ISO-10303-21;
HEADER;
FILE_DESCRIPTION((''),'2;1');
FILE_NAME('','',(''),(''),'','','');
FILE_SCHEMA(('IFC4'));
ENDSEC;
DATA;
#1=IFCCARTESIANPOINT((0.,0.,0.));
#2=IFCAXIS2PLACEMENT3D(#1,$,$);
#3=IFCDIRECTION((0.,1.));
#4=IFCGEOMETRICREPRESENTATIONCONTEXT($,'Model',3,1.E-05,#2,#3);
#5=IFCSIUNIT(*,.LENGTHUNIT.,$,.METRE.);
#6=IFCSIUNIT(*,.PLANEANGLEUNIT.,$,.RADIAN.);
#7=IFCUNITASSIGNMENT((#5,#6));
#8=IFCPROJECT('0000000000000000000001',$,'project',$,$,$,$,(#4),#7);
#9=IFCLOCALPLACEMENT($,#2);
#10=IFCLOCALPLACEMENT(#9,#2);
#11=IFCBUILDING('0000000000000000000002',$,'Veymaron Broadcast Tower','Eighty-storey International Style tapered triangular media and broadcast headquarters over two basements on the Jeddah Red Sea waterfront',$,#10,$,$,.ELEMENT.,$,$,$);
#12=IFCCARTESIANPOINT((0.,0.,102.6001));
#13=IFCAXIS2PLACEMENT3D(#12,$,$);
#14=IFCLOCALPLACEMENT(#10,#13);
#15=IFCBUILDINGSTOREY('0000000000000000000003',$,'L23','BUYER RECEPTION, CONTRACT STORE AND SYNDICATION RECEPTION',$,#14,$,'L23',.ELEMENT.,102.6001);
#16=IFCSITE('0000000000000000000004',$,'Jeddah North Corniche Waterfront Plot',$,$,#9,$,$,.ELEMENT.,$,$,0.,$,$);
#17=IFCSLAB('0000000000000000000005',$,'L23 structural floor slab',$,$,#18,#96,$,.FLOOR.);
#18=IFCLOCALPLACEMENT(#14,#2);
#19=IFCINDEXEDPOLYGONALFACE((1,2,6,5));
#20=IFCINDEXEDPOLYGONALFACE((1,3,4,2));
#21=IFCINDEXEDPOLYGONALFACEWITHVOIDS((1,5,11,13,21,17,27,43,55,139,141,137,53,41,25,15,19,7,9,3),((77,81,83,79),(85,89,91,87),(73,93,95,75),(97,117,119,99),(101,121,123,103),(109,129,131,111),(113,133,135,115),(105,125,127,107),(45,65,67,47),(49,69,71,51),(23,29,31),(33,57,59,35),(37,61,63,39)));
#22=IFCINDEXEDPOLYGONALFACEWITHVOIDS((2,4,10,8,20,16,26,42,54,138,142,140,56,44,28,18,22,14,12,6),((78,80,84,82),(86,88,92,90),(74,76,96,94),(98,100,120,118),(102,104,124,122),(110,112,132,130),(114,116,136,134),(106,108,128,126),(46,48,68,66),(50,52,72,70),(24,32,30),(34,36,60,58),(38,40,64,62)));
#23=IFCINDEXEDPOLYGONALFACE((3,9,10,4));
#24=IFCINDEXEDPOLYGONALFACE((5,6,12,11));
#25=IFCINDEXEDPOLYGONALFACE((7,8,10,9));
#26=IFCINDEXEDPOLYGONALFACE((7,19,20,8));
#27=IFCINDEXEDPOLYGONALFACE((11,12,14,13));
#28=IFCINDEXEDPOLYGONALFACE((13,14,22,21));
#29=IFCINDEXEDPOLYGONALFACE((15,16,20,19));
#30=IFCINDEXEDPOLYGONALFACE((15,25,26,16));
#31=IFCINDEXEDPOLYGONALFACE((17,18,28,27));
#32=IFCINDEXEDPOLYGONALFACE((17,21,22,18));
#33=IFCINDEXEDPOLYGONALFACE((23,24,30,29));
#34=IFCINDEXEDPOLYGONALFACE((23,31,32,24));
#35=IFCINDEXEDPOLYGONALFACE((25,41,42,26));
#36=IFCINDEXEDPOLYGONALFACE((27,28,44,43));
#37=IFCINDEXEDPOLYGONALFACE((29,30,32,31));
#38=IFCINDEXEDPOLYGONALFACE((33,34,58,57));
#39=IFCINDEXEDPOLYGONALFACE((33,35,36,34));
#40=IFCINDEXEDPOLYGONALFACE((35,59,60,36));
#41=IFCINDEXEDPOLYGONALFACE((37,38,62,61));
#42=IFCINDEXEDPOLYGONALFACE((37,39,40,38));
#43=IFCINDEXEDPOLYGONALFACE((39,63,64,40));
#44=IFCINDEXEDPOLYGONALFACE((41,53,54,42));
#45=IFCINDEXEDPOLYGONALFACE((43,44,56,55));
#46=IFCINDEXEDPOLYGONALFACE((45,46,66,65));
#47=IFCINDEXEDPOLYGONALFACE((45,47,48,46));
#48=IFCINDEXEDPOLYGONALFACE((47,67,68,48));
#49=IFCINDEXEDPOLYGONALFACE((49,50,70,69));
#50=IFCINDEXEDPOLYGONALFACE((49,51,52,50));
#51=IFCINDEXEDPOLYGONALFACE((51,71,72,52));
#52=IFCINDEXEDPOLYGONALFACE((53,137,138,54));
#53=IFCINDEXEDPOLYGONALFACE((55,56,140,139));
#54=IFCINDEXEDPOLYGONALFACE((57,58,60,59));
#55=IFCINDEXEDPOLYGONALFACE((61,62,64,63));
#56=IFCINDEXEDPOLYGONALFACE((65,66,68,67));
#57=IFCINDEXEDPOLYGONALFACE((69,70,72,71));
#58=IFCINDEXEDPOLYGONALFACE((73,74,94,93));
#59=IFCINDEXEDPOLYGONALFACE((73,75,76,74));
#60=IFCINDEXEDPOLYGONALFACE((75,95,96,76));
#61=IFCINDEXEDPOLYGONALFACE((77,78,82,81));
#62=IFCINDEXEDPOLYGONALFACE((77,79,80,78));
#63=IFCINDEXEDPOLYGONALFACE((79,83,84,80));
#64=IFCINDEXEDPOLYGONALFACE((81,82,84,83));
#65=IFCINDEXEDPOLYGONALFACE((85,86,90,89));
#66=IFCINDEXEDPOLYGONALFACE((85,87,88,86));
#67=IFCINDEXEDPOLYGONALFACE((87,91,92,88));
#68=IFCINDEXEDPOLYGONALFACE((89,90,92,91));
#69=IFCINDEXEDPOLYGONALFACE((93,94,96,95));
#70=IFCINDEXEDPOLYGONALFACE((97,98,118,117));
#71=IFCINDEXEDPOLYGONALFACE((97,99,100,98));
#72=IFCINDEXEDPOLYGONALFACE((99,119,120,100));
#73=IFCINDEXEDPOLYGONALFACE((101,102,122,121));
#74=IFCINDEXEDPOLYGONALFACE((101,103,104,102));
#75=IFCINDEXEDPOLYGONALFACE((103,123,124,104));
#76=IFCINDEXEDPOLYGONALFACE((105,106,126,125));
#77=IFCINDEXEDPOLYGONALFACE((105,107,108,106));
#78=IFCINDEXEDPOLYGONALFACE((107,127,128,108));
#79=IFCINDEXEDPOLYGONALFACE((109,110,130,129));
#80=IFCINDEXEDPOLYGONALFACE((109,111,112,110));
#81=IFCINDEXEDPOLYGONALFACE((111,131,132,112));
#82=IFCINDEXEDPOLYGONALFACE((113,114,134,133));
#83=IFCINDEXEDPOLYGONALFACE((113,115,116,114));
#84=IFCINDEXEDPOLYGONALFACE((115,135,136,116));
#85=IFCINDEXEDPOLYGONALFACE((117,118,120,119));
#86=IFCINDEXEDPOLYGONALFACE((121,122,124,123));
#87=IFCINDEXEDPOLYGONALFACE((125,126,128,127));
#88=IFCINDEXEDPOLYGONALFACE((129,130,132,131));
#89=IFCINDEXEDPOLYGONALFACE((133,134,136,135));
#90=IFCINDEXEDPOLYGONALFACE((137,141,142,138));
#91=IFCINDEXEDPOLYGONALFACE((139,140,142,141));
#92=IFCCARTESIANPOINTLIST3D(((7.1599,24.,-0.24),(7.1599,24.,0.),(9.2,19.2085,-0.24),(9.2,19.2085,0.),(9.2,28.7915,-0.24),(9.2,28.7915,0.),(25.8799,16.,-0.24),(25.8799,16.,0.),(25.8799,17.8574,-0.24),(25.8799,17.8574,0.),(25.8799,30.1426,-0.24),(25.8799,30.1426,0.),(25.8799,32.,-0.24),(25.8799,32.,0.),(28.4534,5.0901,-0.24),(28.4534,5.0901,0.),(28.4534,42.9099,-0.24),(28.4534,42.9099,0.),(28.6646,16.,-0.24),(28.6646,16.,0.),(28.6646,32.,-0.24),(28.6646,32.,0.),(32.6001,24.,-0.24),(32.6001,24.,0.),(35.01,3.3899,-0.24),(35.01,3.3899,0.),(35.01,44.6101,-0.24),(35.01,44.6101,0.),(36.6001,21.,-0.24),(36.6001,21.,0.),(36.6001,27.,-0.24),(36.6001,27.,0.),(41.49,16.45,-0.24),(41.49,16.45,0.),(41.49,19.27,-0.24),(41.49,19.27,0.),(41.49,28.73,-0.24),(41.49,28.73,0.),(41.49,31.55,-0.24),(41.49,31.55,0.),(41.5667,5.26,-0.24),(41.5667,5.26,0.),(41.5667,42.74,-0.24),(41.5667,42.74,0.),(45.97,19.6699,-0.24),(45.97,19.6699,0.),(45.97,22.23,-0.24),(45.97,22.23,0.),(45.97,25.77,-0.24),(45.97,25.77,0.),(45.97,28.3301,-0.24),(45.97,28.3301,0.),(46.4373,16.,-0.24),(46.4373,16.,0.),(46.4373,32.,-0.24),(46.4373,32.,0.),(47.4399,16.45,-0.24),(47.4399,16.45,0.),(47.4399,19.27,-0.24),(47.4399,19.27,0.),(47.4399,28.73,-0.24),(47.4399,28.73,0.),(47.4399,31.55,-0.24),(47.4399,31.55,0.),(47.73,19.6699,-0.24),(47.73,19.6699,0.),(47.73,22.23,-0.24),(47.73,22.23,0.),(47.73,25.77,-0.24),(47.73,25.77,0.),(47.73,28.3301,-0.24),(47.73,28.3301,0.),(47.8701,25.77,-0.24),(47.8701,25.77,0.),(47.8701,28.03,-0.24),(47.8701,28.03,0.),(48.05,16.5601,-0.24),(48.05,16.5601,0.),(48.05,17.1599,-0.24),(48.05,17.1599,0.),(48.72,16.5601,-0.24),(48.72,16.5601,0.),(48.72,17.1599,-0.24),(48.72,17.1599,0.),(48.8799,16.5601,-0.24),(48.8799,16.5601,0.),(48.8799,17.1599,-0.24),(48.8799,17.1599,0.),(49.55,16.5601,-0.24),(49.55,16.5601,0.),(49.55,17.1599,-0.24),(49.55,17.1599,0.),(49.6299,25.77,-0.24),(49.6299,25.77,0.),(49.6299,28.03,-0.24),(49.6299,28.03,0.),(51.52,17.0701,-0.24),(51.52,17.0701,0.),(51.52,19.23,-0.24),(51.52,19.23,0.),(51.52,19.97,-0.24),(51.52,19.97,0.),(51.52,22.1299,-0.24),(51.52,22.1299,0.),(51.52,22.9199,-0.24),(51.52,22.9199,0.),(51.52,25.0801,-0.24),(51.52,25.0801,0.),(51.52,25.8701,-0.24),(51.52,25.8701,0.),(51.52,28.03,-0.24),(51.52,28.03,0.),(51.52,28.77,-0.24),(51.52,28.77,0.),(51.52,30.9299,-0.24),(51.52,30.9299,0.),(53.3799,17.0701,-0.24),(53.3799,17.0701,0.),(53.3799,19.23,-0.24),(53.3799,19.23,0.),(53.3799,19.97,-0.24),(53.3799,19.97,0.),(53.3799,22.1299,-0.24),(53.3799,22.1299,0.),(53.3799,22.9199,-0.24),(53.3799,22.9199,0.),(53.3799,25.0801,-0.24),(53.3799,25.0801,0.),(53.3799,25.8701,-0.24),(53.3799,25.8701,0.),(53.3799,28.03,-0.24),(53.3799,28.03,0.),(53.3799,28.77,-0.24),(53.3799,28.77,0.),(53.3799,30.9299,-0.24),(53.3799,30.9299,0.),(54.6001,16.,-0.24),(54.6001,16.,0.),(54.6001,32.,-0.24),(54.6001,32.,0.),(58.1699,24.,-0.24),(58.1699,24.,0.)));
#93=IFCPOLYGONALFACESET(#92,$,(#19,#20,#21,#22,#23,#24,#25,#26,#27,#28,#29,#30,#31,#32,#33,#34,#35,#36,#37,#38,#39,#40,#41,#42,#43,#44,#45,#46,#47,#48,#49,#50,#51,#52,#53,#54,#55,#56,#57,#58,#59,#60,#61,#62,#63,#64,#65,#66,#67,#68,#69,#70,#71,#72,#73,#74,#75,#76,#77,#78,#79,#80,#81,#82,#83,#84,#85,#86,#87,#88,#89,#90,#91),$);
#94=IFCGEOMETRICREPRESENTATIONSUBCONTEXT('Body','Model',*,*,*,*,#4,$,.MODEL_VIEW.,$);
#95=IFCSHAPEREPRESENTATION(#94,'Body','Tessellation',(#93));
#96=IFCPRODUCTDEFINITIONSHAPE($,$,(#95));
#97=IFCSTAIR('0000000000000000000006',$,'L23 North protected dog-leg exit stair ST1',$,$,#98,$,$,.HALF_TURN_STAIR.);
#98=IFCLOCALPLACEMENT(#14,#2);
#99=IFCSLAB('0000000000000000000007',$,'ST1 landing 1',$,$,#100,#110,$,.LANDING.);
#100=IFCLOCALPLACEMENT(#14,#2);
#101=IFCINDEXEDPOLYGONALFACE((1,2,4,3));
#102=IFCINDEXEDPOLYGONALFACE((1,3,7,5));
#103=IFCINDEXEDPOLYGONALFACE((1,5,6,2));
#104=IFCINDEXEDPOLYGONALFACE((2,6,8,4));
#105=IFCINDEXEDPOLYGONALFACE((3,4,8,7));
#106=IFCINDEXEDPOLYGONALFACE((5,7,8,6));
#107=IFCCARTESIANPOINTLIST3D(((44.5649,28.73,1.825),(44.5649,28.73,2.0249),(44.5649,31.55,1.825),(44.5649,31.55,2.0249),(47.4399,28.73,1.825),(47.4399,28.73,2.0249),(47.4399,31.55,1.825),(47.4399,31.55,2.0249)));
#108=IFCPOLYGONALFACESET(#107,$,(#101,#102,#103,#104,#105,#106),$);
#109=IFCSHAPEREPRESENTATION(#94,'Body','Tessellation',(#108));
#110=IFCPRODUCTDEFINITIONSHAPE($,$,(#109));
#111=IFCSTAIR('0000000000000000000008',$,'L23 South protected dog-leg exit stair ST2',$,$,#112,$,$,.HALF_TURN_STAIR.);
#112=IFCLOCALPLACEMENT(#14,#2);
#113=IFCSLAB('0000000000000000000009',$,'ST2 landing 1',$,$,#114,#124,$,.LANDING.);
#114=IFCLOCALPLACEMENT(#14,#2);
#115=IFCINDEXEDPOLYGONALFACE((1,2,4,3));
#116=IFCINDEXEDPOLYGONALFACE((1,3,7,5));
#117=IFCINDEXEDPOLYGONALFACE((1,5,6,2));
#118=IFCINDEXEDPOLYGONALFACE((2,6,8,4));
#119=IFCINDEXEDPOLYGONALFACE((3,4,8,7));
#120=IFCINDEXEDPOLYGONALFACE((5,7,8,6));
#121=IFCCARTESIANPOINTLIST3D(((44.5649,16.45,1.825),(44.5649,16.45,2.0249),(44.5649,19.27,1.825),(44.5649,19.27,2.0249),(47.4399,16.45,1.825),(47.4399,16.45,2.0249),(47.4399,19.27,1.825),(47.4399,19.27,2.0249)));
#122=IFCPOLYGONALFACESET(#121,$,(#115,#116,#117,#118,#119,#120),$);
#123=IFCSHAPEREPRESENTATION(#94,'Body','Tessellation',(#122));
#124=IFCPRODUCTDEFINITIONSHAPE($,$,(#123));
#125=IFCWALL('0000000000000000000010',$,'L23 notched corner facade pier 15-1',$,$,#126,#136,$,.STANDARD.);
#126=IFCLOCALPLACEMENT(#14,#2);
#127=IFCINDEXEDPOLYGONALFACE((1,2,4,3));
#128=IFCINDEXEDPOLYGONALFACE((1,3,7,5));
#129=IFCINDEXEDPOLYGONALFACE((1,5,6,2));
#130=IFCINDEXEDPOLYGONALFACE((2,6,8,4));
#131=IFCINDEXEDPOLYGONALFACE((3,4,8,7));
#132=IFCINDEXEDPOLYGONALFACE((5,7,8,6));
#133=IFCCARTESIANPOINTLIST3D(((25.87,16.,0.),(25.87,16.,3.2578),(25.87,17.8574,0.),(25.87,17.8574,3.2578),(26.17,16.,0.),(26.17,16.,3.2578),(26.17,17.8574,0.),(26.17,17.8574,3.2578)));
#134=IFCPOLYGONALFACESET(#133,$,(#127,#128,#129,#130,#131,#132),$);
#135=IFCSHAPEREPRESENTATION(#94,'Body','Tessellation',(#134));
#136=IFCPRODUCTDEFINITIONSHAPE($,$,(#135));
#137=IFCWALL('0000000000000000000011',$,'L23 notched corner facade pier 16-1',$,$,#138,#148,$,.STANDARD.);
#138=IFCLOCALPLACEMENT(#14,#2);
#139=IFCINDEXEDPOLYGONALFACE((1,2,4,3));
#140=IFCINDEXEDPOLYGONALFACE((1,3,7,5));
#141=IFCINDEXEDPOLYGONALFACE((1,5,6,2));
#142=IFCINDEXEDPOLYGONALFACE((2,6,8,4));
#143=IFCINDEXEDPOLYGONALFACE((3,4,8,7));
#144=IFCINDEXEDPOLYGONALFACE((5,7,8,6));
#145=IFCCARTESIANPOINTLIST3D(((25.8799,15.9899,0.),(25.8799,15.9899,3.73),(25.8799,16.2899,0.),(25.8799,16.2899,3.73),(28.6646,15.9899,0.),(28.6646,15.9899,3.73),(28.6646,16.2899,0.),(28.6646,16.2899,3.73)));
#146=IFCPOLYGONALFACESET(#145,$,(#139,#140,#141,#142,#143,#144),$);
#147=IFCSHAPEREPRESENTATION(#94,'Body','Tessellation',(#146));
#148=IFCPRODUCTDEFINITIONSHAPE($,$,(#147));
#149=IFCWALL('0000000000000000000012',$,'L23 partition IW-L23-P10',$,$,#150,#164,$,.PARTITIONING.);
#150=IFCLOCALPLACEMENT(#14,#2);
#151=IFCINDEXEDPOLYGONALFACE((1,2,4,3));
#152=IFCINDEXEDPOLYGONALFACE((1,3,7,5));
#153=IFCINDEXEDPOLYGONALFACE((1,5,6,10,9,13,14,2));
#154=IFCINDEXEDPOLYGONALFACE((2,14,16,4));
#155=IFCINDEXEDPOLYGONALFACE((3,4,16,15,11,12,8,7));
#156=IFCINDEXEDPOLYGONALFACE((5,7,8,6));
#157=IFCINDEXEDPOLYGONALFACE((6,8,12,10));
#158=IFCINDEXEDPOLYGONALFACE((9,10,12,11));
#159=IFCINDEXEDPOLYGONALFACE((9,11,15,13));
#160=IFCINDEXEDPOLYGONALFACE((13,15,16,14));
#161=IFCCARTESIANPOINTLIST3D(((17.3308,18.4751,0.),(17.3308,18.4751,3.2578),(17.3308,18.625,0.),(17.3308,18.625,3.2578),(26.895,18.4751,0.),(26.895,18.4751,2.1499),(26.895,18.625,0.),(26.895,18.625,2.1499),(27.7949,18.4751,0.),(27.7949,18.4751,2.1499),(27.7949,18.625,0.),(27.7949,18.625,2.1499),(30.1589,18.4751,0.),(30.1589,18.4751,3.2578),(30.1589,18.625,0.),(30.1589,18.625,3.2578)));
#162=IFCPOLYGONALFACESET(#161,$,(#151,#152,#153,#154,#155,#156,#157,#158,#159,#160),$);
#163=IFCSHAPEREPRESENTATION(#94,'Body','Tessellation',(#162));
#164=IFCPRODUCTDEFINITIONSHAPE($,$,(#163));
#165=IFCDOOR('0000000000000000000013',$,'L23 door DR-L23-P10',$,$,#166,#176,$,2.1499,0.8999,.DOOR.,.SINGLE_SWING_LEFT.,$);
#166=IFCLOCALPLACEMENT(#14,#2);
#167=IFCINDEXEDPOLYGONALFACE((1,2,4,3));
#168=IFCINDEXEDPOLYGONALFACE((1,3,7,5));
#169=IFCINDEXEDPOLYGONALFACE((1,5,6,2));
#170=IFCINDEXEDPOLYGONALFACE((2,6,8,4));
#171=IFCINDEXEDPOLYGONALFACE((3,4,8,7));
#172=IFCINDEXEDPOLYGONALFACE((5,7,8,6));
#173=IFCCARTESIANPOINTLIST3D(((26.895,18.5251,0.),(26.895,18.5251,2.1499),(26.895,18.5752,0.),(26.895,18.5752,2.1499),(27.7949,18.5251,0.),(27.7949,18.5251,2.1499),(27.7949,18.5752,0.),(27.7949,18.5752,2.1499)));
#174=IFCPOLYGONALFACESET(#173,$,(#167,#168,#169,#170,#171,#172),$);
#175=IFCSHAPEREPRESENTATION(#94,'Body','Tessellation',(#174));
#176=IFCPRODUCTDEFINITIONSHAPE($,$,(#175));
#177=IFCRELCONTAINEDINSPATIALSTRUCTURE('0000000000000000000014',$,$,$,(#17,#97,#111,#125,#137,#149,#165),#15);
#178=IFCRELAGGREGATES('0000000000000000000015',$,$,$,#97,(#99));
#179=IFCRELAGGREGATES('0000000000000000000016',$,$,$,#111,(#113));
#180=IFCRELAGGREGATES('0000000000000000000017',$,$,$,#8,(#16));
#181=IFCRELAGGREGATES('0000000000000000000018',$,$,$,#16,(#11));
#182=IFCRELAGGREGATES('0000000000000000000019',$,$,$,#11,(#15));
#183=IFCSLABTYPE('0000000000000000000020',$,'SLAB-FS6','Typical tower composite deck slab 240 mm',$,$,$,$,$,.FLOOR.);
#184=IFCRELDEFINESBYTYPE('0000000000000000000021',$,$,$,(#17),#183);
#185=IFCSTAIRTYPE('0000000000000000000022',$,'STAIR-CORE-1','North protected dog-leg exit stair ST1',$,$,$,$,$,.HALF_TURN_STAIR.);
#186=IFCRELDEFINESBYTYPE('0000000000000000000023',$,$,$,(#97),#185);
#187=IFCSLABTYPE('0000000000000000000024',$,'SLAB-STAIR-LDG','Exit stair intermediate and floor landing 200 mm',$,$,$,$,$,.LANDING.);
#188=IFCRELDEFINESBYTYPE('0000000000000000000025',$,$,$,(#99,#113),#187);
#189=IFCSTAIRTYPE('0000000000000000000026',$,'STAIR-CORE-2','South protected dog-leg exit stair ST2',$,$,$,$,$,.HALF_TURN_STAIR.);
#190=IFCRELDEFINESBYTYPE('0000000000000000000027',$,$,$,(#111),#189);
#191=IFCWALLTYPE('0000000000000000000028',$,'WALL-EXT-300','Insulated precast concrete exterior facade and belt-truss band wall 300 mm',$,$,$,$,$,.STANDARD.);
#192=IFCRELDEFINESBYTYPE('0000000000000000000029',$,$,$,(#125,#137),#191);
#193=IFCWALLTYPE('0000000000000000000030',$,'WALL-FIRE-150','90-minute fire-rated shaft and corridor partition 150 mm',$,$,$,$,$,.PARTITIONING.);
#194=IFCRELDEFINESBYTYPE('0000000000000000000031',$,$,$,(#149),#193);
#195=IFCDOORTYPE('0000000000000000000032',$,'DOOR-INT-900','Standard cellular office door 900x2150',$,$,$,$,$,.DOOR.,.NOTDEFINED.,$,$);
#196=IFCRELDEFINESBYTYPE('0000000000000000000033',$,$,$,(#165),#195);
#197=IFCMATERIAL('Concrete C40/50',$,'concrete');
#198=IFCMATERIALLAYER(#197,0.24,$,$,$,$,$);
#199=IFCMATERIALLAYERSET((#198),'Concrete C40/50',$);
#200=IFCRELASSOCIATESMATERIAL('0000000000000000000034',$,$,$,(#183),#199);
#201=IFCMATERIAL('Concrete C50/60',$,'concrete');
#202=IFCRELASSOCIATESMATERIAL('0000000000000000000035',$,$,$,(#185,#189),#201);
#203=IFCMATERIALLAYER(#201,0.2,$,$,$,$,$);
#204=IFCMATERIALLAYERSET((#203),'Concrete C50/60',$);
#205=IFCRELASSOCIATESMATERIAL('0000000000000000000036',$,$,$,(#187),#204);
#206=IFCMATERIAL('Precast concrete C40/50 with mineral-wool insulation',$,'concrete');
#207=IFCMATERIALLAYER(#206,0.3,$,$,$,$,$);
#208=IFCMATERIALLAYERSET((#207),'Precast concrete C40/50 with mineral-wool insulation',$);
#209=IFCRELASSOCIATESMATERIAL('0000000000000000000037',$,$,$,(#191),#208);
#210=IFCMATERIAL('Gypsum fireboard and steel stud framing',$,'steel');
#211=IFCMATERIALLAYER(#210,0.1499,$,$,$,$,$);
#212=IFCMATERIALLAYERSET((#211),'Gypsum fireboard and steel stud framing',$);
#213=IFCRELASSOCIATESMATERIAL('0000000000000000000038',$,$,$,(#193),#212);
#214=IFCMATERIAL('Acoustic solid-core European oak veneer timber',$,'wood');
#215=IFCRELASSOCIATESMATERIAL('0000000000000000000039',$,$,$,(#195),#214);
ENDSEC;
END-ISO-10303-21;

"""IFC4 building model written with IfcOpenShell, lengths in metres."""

from ifc_helpers import new_model, si_unit, direction, frame, frame_2d, origin, place, context, subcontext, project, spatial, polyline, rectangle, outline, extrude, material, layer, layer_set, type_object, element, fill, aggregate, save


model = new_model("IFC4")

# Units and contexts
model_context = context("Model", 3, precision=1e-05, world=origin(), true_north=direction((0.0, 1.0)))
body_context = subcontext(model_context, "Body", "Model", "MODEL_VIEW")
ifc_project = project(units=[si_unit("LENGTHUNIT", "METRE"), si_unit("PLANEANGLEUNIT", "RADIAN")], contexts=[model_context])

# Site, building, storey
site_placement = place(None, origin())
site = spatial("IfcSite", under=ifc_project, at=site_placement, Name="Jeddah North Corniche Waterfront Plot", CompositionType="ELEMENT", RefElevation=0.0)
building_placement = place(site_placement, origin())
building = spatial("IfcBuilding", under=site, at=building_placement, Name="Veymaron Broadcast Tower", Description="Eighty-storey International Style tapered triangular media and broadcast headquarters over two basements on the Jeddah Red Sea waterfront", CompositionType="ELEMENT")
storey_placement = place(building_placement, frame((0.0, 0.0, 102.6001)))
storey = spatial("IfcBuildingStorey", under=building, at=storey_placement, Name="L23", Description="BUYER RECEPTION, CONTRACT STORE AND SYNDICATION RECEPTION", LongName="L23", CompositionType="ELEMENT", Elevation=102.6001)

# Slab
ifc_material_1 = material(Name="Concrete C40/50", Category="concrete")
ifc_layer_1 = layer(ifc_material_1, 0.24)
ifc_layer_set_1 = layer_set([ifc_layer_1], Name="Concrete C40/50")
slab_type_1 = type_object("IfcSlabType", Name="SLAB-FS6", Description="Typical tower composite deck slab 240 mm", PredefinedType="FLOOR", material=ifc_layer_set_1)
slab_1_placement = place(storey_placement, frame((0.0, 0.0, -0.24)))
element("IfcSlab", 1, at=slab_1_placement, inside=storey, type_object=slab_type_1, Name="L23 structural floor slab", PredefinedType="FLOOR", context=body_context, shape_type="SweptSolid", body=[
    extrude(outline(polyline([(46.4373, 16.0), (54.6001, 16.0), (58.1699, 24.0), (54.6001, 32.0), (46.4373, 32.0), (41.5667, 42.74), (35.01, 44.6101), (28.4534, 42.9099), (28.6646, 32.0), (25.8799, 32.0), (25.8799, 30.1426), (9.2, 28.7915), (7.1599, 24.0), (9.2, 19.2085), (25.8799, 17.8574), (25.8799, 16.0), (28.6646, 16.0), (28.4534, 5.0901), (35.01, 3.3899), (41.5667, 5.26), (46.4373, 16.0)]), holes=[polyline([(45.97, 28.3301), (47.73, 28.3301), (47.73, 25.77), (45.97, 25.77), (45.97, 28.3301)]), polyline([(45.97, 22.23), (47.73, 22.23), (47.73, 19.6699), (45.97, 19.6699), (45.97, 22.23)]), polyline([(47.8701, 28.03), (49.6299, 28.03), (49.6299, 25.77), (47.8701, 25.77), (47.8701, 28.03)]), polyline([(51.52, 30.9299), (53.3799, 30.9299), (53.3799, 28.77), (51.52, 28.77), (51.52, 30.9299)]), polyline([(51.52, 28.03), (53.3799, 28.03), (53.3799, 25.8701), (51.52, 25.8701), (51.52, 28.03)]), polyline([(51.52, 22.1299), (53.3799, 22.1299), (53.3799, 19.97), (51.52, 19.97), (51.52, 22.1299)]), polyline([(51.52, 25.0801), (53.3799, 25.0801), (53.3799, 22.9199), (51.52, 22.9199), (51.52, 25.0801)]), polyline([(51.52, 19.23), (53.3799, 19.23), (53.3799, 17.0701), (51.52, 17.0701), (51.52, 19.23)]), polyline([(48.05, 17.1599), (48.72, 17.1599), (48.72, 16.5601), (48.05, 16.5601), (48.05, 17.1599)]), polyline([(48.8799, 17.1599), (49.55, 17.1599), (49.55, 16.5601), (48.8799, 16.5601), (48.8799, 17.1599)]), polyline([(36.6001, 27.0), (36.6001, 21.0), (32.6001, 24.0), (36.6001, 27.0)]), polyline([(41.49, 31.55), (47.4399, 31.55), (47.4399, 28.73), (41.49, 28.73), (41.49, 31.55)]), polyline([(41.49, 19.27), (47.4399, 19.27), (47.4399, 16.45), (41.49, 16.45), (41.49, 19.27)])]), origin(), (0.0, 0.0, 1.0), 0.24),
])

# Stairs, slabs
ifc_material_2 = material(Name="Concrete C50/60", Category="concrete")
stair_type_1 = type_object("IfcStairType", Name="STAIR-CORE-1", Description="North protected dog-leg exit stair ST1", PredefinedType="HALF_TURN_STAIR", material=ifc_material_2)
stair_1_placement = place(storey_placement, origin())
stair_1 = element("IfcStair", 2, at=stair_1_placement, inside=storey, type_object=stair_type_1, Name="L23 North protected dog-leg exit stair ST1", PredefinedType="HALF_TURN_STAIR")
ifc_layer_2 = layer(ifc_material_2, 0.2)
ifc_layer_set_2 = layer_set([ifc_layer_2], Name="Concrete C50/60")
slab_type_2 = type_object("IfcSlabType", Name="SLAB-STAIR-LDG", Description="Exit stair intermediate and floor landing 200 mm", PredefinedType="LANDING", material=ifc_layer_set_2)
slab_2_placement = place(storey_placement, frame((0.0, 0.0, 1.825)))
slab_2 = element("IfcSlab", 3, at=slab_2_placement, type_object=slab_type_2, Name="ST1 landing 1", PredefinedType="LANDING", context=body_context, shape_type="SweptSolid", body=[
    extrude(outline(polyline([(44.5649, 28.73), (47.4399, 28.73), (47.4399, 31.55), (44.5649, 31.55), (44.5649, 28.73)])), origin(), (0.0, 0.0, 1.0), 0.2),
])
aggregate(stair_1, [slab_2])
stair_type_2 = type_object("IfcStairType", Name="STAIR-CORE-2", Description="South protected dog-leg exit stair ST2", PredefinedType="HALF_TURN_STAIR", material=ifc_material_2)
stair_2_placement = place(storey_placement, origin())
stair_2 = element("IfcStair", 4, at=stair_2_placement, inside=storey, type_object=stair_type_2, Name="L23 South protected dog-leg exit stair ST2", PredefinedType="HALF_TURN_STAIR")
slab_3_placement = place(storey_placement, frame((0.0, 0.0, 1.825)))
slab_3 = element("IfcSlab", 5, at=slab_3_placement, type_object=slab_type_2, Name="ST2 landing 1", PredefinedType="LANDING", context=body_context, shape_type="SweptSolid", body=[
    extrude(outline(polyline([(44.5649, 16.45), (47.4399, 16.45), (47.4399, 19.27), (44.5649, 19.27), (44.5649, 16.45)])), origin(), (0.0, 0.0, 1.0), 0.2),
])
aggregate(stair_2, [slab_3])

# Walls
ifc_material_3 = material(Name="Precast concrete C40/50 with mineral-wool insulation", Category="concrete")
ifc_layer_3 = layer(ifc_material_3, 0.3)
ifc_layer_set_3 = layer_set([ifc_layer_3], Name="Precast concrete C40/50 with mineral-wool insulation")
wall_type_1 = type_object("IfcWallType", Name="WALL-EXT-300", Description="Insulated precast concrete exterior facade and belt-truss band wall 300 mm", PredefinedType="STANDARD", material=ifc_layer_set_3)
wall_1_placement = place(storey_placement, frame((26.02, 17.8574, 0.0), z_axis=(0.0, 0.0, 1.0), x_axis=(0.0, -1.0, 0.0)))
element("IfcWall", 6, at=wall_1_placement, inside=storey, type_object=wall_type_1, Name="L23 notched corner facade pier 15-1", PredefinedType="STANDARD", context=body_context, shape_type="SweptSolid", body=[
    extrude(rectangle(XDim=1.8574, YDim=0.3, at=frame_2d((0.9287, 0.0))), origin(), (0.0, 0.0, 1.0), 3.2578),
])
wall_2_placement = place(storey_placement, frame((25.8799, 16.1399, 0.0), z_axis=(0.0, 0.0, 1.0), x_axis=(1.0, 0.0, 0.0)))
element("IfcWall", 7, at=wall_2_placement, inside=storey, type_object=wall_type_1, Name="L23 notched corner facade pier 16-1", PredefinedType="STANDARD", context=body_context, shape_type="SweptSolid", body=[
    extrude(rectangle(XDim=2.7847, YDim=0.3, at=frame_2d((1.3923, 0.0))), origin(), (0.0, 0.0, 1.0), 3.73),
])

# Wall, opening, door
ifc_material_4 = material(Name="Gypsum fireboard and steel stud framing", Category="steel")
ifc_layer_4 = layer(ifc_material_4, 0.1499)
ifc_layer_set_4 = layer_set([ifc_layer_4], Name="Gypsum fireboard and steel stud framing")
wall_type_2 = type_object("IfcWallType", Name="WALL-FIRE-150", Description="90-minute fire-rated shaft and corridor partition 150 mm", PredefinedType="PARTITIONING", material=ifc_layer_set_4)
wall_3_placement = place(storey_placement, frame((17.3308, 18.55, 0.0), z_axis=(0.0, 0.0, 1.0), x_axis=(1.0, 0.0, 0.0)))
wall_3 = element("IfcWall", 8, at=wall_3_placement, inside=storey, type_object=wall_type_2, Name="L23 partition IW-L23-P10", PredefinedType="PARTITIONING", context=body_context, shape_type="SweptSolid", body=[
    extrude(rectangle(XDim=12.8281, YDim=0.1499, at=frame_2d((6.4141, 0.0))), origin(), (0.0, 0.0, 1.0), 3.2578),
])
opening_1_placement = place(wall_3_placement, frame((9.5642, 0.0, 0.0)))
opening_1 = element("IfcOpeningElement", 9, at=opening_1_placement, cuts=wall_3, PredefinedType="OPENING", context=body_context, shape_type="SweptSolid", body=[
    extrude(rectangle(XDim=0.8999, YDim=2.1499, at=frame_2d((0.45, 1.075))), frame((0.0, 0.085, 0.0), z_axis=(0.0, -1.0, 0.0), x_axis=(1.0, 0.0, 0.0)), (0.0, 0.0, 1.0), 0.1699),
])
ifc_material_5 = material(Name="Acoustic solid-core European oak veneer timber", Category="wood")
door_type = type_object("IfcDoorType", Name="DOOR-INT-900", Description="Standard cellular office door 900x2150", OperationType="NOTDEFINED", PredefinedType="DOOR", material=ifc_material_5)
door_1_placement = place(opening_1_placement, frame((0.8999, 0.0, 0.0), z_axis=(0.0, 0.0, 1.0), x_axis=(-1.0, 0.0, 0.0)))
door_1 = element("IfcDoor", 10, at=door_1_placement, inside=storey, type_object=door_type, Name="L23 door DR-L23-P10", OperationType="SINGLE_SWING_LEFT", OverallHeight=2.1499, OverallWidth=0.8999, PredefinedType="DOOR", context=body_context, shape_type="SweptSolid", body=[
    extrude(rectangle(XDim=0.8999, YDim=2.1499, at=frame_2d((0.45, 1.075))), frame((0.0, 0.0249, 0.0), z_axis=(0.0, -1.0, 0.0), x_axis=(1.0, 0.0, 0.0)), (0.0, 0.0, 1.0), 0.05),
])
fill(opening_1, door_1)

save(model, "model.ifc")
